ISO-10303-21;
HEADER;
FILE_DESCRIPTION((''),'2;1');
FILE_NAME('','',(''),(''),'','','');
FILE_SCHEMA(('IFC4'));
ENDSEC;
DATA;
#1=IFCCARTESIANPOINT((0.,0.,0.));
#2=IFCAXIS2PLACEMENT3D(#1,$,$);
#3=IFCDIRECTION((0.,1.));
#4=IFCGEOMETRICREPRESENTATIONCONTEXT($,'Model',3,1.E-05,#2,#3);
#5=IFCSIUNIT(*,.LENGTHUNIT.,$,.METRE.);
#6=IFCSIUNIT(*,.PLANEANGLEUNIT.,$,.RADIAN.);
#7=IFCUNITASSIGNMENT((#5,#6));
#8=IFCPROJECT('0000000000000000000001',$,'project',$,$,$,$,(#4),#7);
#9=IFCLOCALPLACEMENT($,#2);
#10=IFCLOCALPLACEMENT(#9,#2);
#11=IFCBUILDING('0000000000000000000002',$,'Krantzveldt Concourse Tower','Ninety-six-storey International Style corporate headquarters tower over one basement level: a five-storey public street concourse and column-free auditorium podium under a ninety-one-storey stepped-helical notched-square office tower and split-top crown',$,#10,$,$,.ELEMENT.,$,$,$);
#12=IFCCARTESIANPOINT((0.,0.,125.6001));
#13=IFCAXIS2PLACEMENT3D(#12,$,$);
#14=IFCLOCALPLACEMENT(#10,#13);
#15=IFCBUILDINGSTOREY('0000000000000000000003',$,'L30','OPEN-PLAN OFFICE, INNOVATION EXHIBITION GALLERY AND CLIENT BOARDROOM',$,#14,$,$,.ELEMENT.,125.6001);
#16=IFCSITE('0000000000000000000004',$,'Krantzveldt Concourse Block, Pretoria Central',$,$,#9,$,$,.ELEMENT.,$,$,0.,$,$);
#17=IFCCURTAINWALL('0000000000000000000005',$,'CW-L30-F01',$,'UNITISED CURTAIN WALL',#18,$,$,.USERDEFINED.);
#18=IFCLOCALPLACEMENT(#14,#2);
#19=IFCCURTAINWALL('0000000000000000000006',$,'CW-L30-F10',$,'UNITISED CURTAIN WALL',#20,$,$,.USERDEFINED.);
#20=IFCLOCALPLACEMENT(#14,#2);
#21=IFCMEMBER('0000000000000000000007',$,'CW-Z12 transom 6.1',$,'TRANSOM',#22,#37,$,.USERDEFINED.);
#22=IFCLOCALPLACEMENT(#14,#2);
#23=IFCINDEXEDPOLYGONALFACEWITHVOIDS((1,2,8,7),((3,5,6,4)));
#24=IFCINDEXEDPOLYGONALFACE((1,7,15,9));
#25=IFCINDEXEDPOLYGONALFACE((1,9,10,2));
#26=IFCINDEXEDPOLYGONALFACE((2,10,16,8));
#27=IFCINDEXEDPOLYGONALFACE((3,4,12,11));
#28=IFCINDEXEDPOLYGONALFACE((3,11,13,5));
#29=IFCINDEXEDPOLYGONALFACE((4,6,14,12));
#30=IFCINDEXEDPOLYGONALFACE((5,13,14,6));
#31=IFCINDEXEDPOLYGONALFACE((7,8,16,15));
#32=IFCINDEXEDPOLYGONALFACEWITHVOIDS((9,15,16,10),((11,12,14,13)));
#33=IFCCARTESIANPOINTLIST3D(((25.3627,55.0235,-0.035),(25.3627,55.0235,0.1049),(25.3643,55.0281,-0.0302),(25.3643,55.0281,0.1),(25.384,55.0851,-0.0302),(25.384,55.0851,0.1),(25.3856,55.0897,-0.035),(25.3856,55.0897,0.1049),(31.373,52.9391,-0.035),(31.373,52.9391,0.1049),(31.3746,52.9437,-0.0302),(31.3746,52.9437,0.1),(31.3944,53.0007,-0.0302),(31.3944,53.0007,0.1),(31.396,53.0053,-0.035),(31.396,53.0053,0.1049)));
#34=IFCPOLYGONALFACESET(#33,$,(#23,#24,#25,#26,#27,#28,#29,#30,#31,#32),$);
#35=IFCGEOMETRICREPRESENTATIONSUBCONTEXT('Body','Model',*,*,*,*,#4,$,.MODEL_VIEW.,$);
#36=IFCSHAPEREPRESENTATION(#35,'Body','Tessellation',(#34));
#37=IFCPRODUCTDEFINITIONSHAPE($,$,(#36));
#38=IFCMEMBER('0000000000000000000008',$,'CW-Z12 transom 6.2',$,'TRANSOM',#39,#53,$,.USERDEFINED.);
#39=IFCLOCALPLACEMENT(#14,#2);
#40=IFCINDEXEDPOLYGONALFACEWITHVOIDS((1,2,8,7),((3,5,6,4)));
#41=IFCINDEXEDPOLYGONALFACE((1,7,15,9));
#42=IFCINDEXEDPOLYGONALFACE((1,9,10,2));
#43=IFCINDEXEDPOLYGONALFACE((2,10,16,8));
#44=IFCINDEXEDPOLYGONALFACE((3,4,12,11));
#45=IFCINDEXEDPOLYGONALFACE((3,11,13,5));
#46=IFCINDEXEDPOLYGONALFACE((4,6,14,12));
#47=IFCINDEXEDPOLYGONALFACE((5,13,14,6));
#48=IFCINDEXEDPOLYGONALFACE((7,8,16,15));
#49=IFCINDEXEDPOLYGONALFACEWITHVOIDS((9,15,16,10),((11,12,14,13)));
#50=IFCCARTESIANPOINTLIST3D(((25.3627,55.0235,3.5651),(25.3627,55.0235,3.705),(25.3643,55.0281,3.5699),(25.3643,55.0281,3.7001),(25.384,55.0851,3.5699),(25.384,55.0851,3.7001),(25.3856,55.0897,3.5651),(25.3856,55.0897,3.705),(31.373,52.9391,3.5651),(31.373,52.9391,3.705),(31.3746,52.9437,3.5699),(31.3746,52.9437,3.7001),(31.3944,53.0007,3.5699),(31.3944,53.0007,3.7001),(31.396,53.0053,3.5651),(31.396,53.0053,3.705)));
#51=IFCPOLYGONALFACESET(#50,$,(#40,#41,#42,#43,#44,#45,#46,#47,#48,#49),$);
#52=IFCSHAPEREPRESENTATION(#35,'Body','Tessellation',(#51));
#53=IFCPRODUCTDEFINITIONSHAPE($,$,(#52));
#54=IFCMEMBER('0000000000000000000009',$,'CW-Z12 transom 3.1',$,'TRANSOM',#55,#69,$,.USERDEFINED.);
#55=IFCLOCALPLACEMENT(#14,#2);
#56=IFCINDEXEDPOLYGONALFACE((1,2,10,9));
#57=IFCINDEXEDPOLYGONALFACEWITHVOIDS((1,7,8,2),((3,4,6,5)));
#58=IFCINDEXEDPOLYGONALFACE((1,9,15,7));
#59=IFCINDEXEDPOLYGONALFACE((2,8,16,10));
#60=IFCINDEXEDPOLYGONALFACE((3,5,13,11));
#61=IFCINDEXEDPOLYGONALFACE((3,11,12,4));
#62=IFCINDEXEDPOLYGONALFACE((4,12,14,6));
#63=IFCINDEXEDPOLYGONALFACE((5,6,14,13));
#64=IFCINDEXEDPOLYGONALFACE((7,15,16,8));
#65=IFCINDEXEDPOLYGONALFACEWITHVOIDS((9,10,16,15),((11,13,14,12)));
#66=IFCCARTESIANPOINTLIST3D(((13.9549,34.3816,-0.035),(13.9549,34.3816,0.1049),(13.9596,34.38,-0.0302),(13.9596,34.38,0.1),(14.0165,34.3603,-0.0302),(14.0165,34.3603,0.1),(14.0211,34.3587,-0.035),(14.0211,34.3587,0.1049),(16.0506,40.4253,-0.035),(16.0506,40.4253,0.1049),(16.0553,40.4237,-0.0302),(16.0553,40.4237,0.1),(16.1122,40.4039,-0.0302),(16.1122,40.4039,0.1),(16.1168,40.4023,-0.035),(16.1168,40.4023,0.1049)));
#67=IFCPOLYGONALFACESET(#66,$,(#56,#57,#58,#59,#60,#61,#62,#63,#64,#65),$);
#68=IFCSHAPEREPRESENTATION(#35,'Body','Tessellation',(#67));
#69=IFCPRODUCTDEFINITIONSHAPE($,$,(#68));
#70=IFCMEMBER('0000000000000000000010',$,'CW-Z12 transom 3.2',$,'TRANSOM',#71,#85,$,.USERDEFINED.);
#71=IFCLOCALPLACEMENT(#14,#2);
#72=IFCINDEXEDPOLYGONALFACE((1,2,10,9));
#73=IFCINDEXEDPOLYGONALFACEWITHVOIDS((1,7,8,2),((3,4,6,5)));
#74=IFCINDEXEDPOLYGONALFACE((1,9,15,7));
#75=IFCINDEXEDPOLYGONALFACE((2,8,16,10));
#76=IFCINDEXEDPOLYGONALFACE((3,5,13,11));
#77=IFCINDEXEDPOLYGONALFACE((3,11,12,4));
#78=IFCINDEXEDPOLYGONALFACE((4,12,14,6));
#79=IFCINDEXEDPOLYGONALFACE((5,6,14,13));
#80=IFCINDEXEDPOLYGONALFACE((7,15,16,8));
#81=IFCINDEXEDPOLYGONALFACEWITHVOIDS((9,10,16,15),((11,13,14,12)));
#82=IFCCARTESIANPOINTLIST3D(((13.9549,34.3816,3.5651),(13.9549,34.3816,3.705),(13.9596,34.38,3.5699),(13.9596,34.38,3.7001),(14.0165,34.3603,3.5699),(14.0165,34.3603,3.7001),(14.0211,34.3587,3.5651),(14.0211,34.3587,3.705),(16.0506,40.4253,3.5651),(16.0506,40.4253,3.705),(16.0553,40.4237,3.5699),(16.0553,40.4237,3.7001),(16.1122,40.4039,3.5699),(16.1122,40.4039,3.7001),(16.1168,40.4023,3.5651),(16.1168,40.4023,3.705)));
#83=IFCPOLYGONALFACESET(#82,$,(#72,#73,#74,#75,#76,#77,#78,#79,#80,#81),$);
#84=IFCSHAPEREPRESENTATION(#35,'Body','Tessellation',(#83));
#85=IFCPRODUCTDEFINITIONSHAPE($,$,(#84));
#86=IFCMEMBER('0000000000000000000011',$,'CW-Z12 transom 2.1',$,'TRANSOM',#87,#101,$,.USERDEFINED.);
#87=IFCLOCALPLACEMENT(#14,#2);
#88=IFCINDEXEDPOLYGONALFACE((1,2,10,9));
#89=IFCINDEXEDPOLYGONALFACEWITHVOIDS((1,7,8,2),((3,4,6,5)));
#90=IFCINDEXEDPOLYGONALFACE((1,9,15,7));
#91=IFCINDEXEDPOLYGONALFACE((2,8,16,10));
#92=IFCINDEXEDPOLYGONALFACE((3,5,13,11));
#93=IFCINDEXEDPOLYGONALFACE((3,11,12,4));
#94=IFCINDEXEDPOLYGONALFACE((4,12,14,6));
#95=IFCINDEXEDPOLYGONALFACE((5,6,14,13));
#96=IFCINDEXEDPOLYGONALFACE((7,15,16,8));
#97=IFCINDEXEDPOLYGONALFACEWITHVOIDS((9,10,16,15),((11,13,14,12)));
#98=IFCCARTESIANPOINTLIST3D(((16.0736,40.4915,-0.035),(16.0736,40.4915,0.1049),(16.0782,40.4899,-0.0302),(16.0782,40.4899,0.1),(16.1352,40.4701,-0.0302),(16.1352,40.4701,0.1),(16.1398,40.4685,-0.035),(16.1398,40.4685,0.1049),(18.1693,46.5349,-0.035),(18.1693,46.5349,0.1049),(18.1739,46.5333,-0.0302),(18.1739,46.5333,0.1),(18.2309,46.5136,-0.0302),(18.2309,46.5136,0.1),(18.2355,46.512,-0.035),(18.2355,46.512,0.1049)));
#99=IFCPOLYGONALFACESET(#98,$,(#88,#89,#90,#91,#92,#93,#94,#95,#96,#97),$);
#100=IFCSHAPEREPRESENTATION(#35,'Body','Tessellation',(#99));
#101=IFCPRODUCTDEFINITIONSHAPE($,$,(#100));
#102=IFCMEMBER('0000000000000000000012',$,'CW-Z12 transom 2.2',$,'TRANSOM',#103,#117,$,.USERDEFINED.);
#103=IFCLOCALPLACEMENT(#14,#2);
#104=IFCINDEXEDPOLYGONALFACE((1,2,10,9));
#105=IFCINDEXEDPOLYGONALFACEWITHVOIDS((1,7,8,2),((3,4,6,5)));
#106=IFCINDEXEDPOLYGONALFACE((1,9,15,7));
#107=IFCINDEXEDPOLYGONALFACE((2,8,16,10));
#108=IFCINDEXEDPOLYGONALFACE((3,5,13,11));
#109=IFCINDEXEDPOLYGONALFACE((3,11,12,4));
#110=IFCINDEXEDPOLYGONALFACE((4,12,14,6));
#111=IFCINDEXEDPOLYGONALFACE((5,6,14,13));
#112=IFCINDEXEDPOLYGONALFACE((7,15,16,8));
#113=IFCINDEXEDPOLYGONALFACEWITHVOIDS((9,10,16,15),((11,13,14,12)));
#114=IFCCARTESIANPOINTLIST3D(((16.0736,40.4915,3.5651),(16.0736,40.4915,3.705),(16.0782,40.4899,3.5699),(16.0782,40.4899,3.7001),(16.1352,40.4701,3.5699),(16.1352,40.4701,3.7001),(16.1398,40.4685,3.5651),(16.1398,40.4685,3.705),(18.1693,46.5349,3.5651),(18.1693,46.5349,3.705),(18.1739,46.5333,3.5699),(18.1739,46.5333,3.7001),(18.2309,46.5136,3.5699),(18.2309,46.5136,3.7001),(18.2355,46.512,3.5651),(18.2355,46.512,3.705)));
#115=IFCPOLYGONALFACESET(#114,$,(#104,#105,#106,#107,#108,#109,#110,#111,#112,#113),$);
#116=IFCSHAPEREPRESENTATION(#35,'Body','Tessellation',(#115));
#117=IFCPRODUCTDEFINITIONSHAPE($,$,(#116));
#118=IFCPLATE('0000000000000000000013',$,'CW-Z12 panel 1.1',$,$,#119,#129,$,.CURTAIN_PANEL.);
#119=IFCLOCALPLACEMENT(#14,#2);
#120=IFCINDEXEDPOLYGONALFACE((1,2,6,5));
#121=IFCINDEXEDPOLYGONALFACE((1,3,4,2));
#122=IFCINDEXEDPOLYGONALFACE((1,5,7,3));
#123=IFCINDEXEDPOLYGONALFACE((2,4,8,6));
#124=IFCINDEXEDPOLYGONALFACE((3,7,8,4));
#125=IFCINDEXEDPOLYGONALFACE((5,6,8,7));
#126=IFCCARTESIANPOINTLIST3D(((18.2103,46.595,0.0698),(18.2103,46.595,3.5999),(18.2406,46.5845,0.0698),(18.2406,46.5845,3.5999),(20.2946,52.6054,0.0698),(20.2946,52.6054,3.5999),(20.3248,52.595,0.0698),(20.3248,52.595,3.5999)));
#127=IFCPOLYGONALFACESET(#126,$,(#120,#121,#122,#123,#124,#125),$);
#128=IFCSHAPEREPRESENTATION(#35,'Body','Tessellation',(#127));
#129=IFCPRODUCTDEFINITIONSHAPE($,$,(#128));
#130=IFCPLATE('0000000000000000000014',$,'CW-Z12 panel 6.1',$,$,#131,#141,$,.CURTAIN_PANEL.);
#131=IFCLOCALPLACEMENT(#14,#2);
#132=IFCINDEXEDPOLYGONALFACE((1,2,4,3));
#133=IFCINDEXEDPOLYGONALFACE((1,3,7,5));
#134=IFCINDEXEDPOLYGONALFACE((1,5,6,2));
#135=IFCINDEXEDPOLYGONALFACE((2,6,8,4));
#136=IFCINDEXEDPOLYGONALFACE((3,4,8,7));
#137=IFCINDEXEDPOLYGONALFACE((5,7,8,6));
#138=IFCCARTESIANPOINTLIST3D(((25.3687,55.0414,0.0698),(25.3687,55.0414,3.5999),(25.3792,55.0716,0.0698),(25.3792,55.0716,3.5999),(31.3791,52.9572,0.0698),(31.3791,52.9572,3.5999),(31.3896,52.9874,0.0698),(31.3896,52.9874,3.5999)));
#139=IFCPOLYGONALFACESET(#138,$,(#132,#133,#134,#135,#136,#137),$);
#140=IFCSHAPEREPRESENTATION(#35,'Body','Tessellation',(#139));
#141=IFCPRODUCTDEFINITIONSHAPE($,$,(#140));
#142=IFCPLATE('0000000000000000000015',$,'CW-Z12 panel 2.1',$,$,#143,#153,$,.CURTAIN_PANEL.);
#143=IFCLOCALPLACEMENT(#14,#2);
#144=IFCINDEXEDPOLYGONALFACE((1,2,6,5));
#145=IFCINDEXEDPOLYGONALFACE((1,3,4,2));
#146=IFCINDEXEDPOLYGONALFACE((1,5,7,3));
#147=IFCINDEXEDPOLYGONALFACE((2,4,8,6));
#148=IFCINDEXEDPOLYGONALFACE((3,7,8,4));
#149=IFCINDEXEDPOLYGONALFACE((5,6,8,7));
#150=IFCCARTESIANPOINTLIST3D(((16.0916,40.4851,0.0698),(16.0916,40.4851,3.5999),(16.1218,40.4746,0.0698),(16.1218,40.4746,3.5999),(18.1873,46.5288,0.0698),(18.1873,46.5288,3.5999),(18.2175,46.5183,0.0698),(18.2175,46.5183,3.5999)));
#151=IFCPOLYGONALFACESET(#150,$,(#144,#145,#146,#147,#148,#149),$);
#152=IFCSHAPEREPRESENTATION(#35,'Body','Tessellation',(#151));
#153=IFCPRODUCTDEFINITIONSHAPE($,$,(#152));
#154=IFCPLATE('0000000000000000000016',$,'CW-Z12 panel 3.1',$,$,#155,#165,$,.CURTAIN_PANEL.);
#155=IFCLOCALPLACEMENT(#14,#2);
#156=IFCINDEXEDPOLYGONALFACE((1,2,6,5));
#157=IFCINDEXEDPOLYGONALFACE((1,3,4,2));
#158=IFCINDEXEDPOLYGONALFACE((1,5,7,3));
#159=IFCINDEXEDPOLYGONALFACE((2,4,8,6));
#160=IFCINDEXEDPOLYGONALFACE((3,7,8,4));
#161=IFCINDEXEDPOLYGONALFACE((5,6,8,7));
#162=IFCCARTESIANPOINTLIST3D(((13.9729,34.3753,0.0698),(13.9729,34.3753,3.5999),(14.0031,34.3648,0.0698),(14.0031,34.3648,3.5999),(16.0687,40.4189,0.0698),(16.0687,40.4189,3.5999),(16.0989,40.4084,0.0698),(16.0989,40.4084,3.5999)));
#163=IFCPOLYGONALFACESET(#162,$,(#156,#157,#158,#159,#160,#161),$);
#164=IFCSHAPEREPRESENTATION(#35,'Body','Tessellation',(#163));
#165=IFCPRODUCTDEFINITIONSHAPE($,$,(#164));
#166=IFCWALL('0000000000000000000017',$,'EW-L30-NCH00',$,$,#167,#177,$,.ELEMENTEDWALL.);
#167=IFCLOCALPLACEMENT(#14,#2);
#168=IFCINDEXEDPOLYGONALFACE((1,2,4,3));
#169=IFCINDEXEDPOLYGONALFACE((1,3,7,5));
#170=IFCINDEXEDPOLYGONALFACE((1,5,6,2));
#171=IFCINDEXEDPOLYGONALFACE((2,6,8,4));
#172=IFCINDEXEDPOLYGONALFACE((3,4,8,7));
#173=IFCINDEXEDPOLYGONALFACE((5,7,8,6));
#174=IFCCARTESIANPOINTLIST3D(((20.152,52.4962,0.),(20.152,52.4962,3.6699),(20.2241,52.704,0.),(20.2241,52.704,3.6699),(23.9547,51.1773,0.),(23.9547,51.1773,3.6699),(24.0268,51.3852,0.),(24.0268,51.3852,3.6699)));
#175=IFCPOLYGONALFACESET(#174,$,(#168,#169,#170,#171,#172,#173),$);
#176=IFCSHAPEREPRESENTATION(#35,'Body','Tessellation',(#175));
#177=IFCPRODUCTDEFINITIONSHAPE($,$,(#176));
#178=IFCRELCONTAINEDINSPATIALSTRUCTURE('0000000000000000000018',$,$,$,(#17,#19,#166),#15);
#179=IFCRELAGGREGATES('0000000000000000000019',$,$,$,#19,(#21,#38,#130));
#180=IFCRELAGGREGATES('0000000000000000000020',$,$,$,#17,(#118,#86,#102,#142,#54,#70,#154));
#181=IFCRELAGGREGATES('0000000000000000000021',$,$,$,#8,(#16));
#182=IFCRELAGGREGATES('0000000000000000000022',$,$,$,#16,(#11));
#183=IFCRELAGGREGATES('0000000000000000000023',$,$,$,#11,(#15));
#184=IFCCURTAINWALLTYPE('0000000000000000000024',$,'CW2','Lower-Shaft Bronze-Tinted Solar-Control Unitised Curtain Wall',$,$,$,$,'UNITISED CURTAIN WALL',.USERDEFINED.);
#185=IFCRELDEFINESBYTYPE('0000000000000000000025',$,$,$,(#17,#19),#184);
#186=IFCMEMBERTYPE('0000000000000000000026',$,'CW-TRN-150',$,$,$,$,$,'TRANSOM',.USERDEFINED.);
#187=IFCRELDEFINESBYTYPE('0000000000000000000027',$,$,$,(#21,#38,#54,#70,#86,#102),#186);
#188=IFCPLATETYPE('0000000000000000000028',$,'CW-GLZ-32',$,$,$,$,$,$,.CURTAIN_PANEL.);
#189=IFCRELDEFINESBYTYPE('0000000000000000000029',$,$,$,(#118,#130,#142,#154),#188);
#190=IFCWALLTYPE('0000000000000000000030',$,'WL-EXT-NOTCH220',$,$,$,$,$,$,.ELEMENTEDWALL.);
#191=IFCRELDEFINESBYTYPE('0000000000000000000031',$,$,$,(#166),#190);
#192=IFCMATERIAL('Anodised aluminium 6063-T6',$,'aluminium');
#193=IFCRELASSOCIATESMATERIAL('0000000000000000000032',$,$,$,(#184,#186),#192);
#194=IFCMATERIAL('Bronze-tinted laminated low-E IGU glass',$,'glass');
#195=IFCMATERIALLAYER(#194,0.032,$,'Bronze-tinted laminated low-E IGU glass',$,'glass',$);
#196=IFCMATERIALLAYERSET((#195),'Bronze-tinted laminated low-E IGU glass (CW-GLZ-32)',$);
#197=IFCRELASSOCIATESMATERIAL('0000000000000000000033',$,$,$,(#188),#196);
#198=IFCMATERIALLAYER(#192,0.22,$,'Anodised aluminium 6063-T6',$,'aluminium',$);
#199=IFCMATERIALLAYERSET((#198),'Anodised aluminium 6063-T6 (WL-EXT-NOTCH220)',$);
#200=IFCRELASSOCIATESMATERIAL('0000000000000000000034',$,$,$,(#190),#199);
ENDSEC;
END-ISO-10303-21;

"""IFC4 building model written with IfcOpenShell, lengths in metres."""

from ifc_helpers import new_model, si_unit, direction, frame, frame_2d, origin, origin_2d, place, context, subcontext, project, spatial, rectangle, hollow_rectangle, extrude, source, transform, mapped, material, layer, layer_set, material_profile, profile_set, type_object, type_shapes, element, aggregate, save


model = new_model("IFC4")

# Units and contexts
model_context = context("Model", 3, precision=1e-05, world=origin(), true_north=direction((0.0, 1.0)))
body_context = subcontext(model_context, "Body", "Model", "MODEL_VIEW")
ifc_project = project(units=[si_unit("LENGTHUNIT", "METRE"), si_unit("PLANEANGLEUNIT", "RADIAN")], contexts=[model_context])

# Site, building, storey
site_placement = place(None, origin())
site = spatial("IfcSite", under=ifc_project, at=site_placement, Name="Krantzveldt Concourse Block, Pretoria Central", CompositionType="ELEMENT", RefElevation=0.0)
building_placement = place(site_placement, origin())
building = spatial("IfcBuilding", under=site, at=building_placement, Name="Krantzveldt Concourse Tower", Description="Ninety-six-storey International Style corporate headquarters tower over one basement level: a five-storey public street concourse and column-free auditorium podium under a ninety-one-storey stepped-helical notched-square office tower and split-top crown", CompositionType="ELEMENT")
storey_placement = place(building_placement, frame((0.0, 0.0, 125.6001)))
storey = spatial("IfcBuildingStorey", under=building, at=storey_placement, Name="L30", Description="OPEN-PLAN OFFICE, INNOVATION EXHIBITION GALLERY AND CLIENT BOARDROOM", CompositionType="ELEMENT", Elevation=125.6001)

# Curtain walls
ifc_material_1 = material(Name="Anodised aluminium 6063-T6", Category="aluminium")
curtain_wall_type = type_object("IfcCurtainWallType", Name="CW2", Description="Lower-Shaft Bronze-Tinted Solar-Control Unitised Curtain Wall", ElementType="UNITISED CURTAIN WALL", PredefinedType="USERDEFINED", material=ifc_material_1)
curtain_wall_1_placement = place(storey_placement, origin())
curtain_wall_1 = element("IfcCurtainWall", 1, at=curtain_wall_1_placement, inside=storey, type_object=curtain_wall_type, Name="CW-L30-F01", ObjectType="UNITISED CURTAIN WALL", PredefinedType="USERDEFINED")
curtain_wall_2_placement = place(storey_placement, origin())
curtain_wall_2 = element("IfcCurtainWall", 2, at=curtain_wall_2_placement, inside=storey, type_object=curtain_wall_type, Name="CW-L30-F10", ObjectType="UNITISED CURTAIN WALL", PredefinedType="USERDEFINED")

# Members
ifc_material_profile_1 = material_profile(ifc_material_1, hollow_rectangle(XDim=0.0701, YDim=0.1399, WallThickness=0.0049, at=origin_2d()), Name="Anodised aluminium 6063-T6", Category="aluminium")
ifc_profile_set_1 = profile_set([ifc_material_profile_1], Name="Anodised aluminium 6063-T6 - ALU-TRAN 140x70x5")
member_type_1 = type_object("IfcMemberType", Name="CW-TRN-150", ElementType="TRANSOM", PredefinedType="USERDEFINED", material=ifc_profile_set_1)
shared_shape_1 = source(origin(), body_context, "Body", "SweptSolid", [
    extrude(hollow_rectangle(XDim=0.0701, YDim=0.1399, WallThickness=0.0049, at=origin_2d()), origin(), (0.0, 0.0, 1.0), 6.3616),
])
member_1_placement = place(storey_placement, frame((31.3845, 52.9722, 0.0349), z_axis=(-0.944796, 0.32766, 0.0), x_axis=(-0.32766, -0.944796, 0.0)))
member_1 = element("IfcMember", 3, at=member_1_placement, type_object=member_type_1, Name="CW-Z12 transom 6.1", ObjectType="TRANSOM", PredefinedType="USERDEFINED", context=body_context, shape_type="MappedRepresentation", body=[
    mapped(shared_shape_1, transform((0.0, 0.0, 0.0), x_axis=(1.0, 0.0, 0.0), y_axis=(0.0, 1.0, 0.0), z_axis=(0.0, 0.0, 1.0), scale=1.0)),
])
member_2_placement = place(storey_placement, frame((31.3845, 52.9722, 3.635), z_axis=(-0.944796, 0.32766, 0.0), x_axis=(-0.32766, -0.944796, 0.0)))
member_2 = element("IfcMember", 4, at=member_2_placement, type_object=member_type_1, Name="CW-Z12 transom 6.2", ObjectType="TRANSOM", PredefinedType="USERDEFINED", context=body_context, shape_type="MappedRepresentation", body=[
    mapped(shared_shape_1, transform((0.0, 0.0, 0.0), x_axis=(1.0, 0.0, 0.0), y_axis=(0.0, 1.0, 0.0), z_axis=(0.0, 0.0, 1.0), scale=1.0)),
])
shared_shape_2 = source(origin(), body_context, "Body", "SweptSolid", [
    extrude(hollow_rectangle(XDim=0.0701, YDim=0.1399, WallThickness=0.0049, at=origin_2d()), origin(), (0.0, 0.0, 1.0), 6.3967),
])
member_3_placement = place(storey_placement, frame((16.0837, 40.4138, 0.0349), z_axis=(-0.32762, -0.944809, 0.0), x_axis=(0.944809, -0.32762, 0.0)))
member_3 = element("IfcMember", 5, at=member_3_placement, type_object=member_type_1, Name="CW-Z12 transom 3.1", ObjectType="TRANSOM", PredefinedType="USERDEFINED", context=body_context, shape_type="MappedRepresentation", body=[
    mapped(shared_shape_2, transform((0.0, 0.0, 0.0), x_axis=(1.0, 0.0, 0.0), y_axis=(0.0, 1.0, 0.0), z_axis=(0.0, 0.0, 1.0), scale=1.0)),
])
member_4_placement = place(storey_placement, frame((16.0837, 40.4138, 3.635), z_axis=(-0.32762, -0.944809, 0.0), x_axis=(0.944809, -0.32762, 0.0)))
member_4 = element("IfcMember", 6, at=member_4_placement, type_object=member_type_1, Name="CW-Z12 transom 3.2", ObjectType="TRANSOM", PredefinedType="USERDEFINED", context=body_context, shape_type="MappedRepresentation", body=[
    mapped(shared_shape_2, transform((0.0, 0.0, 0.0), x_axis=(1.0, 0.0, 0.0), y_axis=(0.0, 1.0, 0.0), z_axis=(0.0, 0.0, 1.0), scale=1.0)),
])
shared_shape_3 = source(origin(), body_context, "Body", "SweptSolid", [
    extrude(hollow_rectangle(XDim=0.0701, YDim=0.1399, WallThickness=0.0049, at=origin_2d()), origin(), (0.0, 0.0, 1.0), 6.3965),
])
type_shapes(member_type_1, [shared_shape_1, shared_shape_2, shared_shape_3])
member_5_placement = place(storey_placement, frame((18.2024, 46.5234, 0.0349), z_axis=(-0.327632, -0.944805, 0.0), x_axis=(0.944805, -0.327632, 0.0)))
member_5 = element("IfcMember", 7, at=member_5_placement, type_object=member_type_1, Name="CW-Z12 transom 2.1", ObjectType="TRANSOM", PredefinedType="USERDEFINED", context=body_context, shape_type="MappedRepresentation", body=[
    mapped(shared_shape_3, transform((0.0, 0.0, 0.0), x_axis=(1.0, 0.0, 0.0), y_axis=(0.0, 1.0, 0.0), z_axis=(0.0, 0.0, 1.0), scale=1.0)),
])
member_6_placement = place(storey_placement, frame((18.2024, 46.5234, 3.635), z_axis=(-0.327632, -0.944805, 0.0), x_axis=(0.944805, -0.327632, 0.0)))
member_6 = element("IfcMember", 8, at=member_6_placement, type_object=member_type_1, Name="CW-Z12 transom 2.2", ObjectType="TRANSOM", PredefinedType="USERDEFINED", context=body_context, shape_type="MappedRepresentation", body=[
    mapped(shared_shape_3, transform((0.0, 0.0, 0.0), x_axis=(1.0, 0.0, 0.0), y_axis=(0.0, 1.0, 0.0), z_axis=(0.0, 0.0, 1.0), scale=1.0)),
])

# Plates
ifc_material_2 = material(Name="Bronze-tinted laminated low-E IGU glass", Category="glass")
ifc_layer_1 = layer(ifc_material_2, 0.032, Name="Bronze-tinted laminated low-E IGU glass", Category="glass")
ifc_layer_set_1 = layer_set([ifc_layer_1], Name="Bronze-tinted laminated low-E IGU glass (CW-GLZ-32)")
plate_type = type_object("IfcPlateType", Name="CW-GLZ-32", PredefinedType="CURTAIN_PANEL", material=ifc_layer_set_1)
shared_shape_4 = source(origin(), body_context, "Body", "SweptSolid", [
    extrude(rectangle(XDim=6.3616, YDim=0.032, at=origin_2d()), origin(), (0.0, 0.0, 1.0), 3.53),
])
plate_1_placement = place(storey_placement, frame((19.2676, 49.595, 0.0698), z_axis=(0.0, 0.0, 1.0), x_axis=(-0.32763, -0.944806, 0.0)))
plate_1 = element("IfcPlate", 9, at=plate_1_placement, type_object=plate_type, Name="CW-Z12 panel 1.1", PredefinedType="CURTAIN_PANEL", context=body_context, shape_type="MappedRepresentation", body=[
    mapped(shared_shape_4, transform((0.0, 0.0, 0.0), x_axis=(1.0, 0.0, 0.0), y_axis=(0.0, 1.0, 0.0), z_axis=(0.0, 0.0, 1.0), scale=1.0)),
])
plate_2_placement = place(storey_placement, frame((28.3792, 54.0144, 0.0698), z_axis=(0.0, 0.0, 1.0), x_axis=(-0.944806, 0.32763, 0.0)))
plate_2 = element("IfcPlate", 10, at=plate_2_placement, type_object=plate_type, Name="CW-Z12 panel 6.1", PredefinedType="CURTAIN_PANEL", context=body_context, shape_type="MappedRepresentation", body=[
    mapped(shared_shape_4, transform((0.0, 0.0, 0.0), x_axis=(1.0, 0.0, 0.0), y_axis=(0.0, 1.0, 0.0), z_axis=(0.0, 0.0, 1.0), scale=1.0)),
])
aggregate(curtain_wall_2, [member_1, member_2, plate_2])
shared_shape_5 = source(origin(), body_context, "Body", "SweptSolid", [
    extrude(rectangle(XDim=6.3967, YDim=0.032, at=origin_2d()), origin(), (0.0, 0.0, 1.0), 3.53),
])
type_shapes(plate_type, [shared_shape_4, shared_shape_5])
plate_3_placement = place(storey_placement, frame((17.1545, 43.5017, 0.0698), z_axis=(0.0, 0.0, 1.0), x_axis=(-0.32763, -0.944806, 0.0)))
plate_3 = element("IfcPlate", 11, at=plate_3_placement, type_object=plate_type, Name="CW-Z12 panel 2.1", PredefinedType="CURTAIN_PANEL", context=body_context, shape_type="MappedRepresentation", body=[
    mapped(shared_shape_5, transform((0.0, 0.0, 0.0), x_axis=(1.0, 0.0, 0.0), y_axis=(0.0, 1.0, 0.0), z_axis=(0.0, 0.0, 1.0), scale=1.0)),
])
plate_4_placement = place(storey_placement, frame((15.0359, 37.3918, 0.0698), z_axis=(0.0, 0.0, 1.0), x_axis=(-0.32763, -0.944806, 0.0)))
plate_4 = element("IfcPlate", 12, at=plate_4_placement, type_object=plate_type, Name="CW-Z12 panel 3.1", PredefinedType="CURTAIN_PANEL", context=body_context, shape_type="MappedRepresentation", body=[
    mapped(shared_shape_5, transform((0.0, 0.0, 0.0), x_axis=(1.0, 0.0, 0.0), y_axis=(0.0, 1.0, 0.0), z_axis=(0.0, 0.0, 1.0), scale=1.0)),
])
aggregate(curtain_wall_1, [plate_1, member_5, member_6, plate_3, member_3, member_4, plate_4])

# Wall
ifc_layer_2 = layer(ifc_material_1, 0.22, Name="Anodised aluminium 6063-T6", Category="aluminium")
ifc_layer_set_2 = layer_set([ifc_layer_2], Name="Anodised aluminium 6063-T6 (WL-EXT-NOTCH220)")
wall_type_1 = type_object("IfcWallType", Name="WL-EXT-NOTCH220", PredefinedType="ELEMENTEDWALL", material=ifc_layer_set_2)
wall_1_placement = place(storey_placement, frame((23.9907, 51.2812, 0.0), z_axis=(0.0, 0.0, 1.0), x_axis=(-0.944793, 0.327669, 0.0)))
element("IfcWall", 13, at=wall_1_placement, inside=storey, type_object=wall_type_1, Name="EW-L30-NCH00", PredefinedType="ELEMENTEDWALL", context=body_context, shape_type="SweptSolid", body=[
    extrude(rectangle(XDim=4.0249, YDim=0.22, at=frame_2d((2.0125, 0.0))), origin(), (0.0, 0.0, 1.0), 3.6699),
])

save(model, "model.ifc")
